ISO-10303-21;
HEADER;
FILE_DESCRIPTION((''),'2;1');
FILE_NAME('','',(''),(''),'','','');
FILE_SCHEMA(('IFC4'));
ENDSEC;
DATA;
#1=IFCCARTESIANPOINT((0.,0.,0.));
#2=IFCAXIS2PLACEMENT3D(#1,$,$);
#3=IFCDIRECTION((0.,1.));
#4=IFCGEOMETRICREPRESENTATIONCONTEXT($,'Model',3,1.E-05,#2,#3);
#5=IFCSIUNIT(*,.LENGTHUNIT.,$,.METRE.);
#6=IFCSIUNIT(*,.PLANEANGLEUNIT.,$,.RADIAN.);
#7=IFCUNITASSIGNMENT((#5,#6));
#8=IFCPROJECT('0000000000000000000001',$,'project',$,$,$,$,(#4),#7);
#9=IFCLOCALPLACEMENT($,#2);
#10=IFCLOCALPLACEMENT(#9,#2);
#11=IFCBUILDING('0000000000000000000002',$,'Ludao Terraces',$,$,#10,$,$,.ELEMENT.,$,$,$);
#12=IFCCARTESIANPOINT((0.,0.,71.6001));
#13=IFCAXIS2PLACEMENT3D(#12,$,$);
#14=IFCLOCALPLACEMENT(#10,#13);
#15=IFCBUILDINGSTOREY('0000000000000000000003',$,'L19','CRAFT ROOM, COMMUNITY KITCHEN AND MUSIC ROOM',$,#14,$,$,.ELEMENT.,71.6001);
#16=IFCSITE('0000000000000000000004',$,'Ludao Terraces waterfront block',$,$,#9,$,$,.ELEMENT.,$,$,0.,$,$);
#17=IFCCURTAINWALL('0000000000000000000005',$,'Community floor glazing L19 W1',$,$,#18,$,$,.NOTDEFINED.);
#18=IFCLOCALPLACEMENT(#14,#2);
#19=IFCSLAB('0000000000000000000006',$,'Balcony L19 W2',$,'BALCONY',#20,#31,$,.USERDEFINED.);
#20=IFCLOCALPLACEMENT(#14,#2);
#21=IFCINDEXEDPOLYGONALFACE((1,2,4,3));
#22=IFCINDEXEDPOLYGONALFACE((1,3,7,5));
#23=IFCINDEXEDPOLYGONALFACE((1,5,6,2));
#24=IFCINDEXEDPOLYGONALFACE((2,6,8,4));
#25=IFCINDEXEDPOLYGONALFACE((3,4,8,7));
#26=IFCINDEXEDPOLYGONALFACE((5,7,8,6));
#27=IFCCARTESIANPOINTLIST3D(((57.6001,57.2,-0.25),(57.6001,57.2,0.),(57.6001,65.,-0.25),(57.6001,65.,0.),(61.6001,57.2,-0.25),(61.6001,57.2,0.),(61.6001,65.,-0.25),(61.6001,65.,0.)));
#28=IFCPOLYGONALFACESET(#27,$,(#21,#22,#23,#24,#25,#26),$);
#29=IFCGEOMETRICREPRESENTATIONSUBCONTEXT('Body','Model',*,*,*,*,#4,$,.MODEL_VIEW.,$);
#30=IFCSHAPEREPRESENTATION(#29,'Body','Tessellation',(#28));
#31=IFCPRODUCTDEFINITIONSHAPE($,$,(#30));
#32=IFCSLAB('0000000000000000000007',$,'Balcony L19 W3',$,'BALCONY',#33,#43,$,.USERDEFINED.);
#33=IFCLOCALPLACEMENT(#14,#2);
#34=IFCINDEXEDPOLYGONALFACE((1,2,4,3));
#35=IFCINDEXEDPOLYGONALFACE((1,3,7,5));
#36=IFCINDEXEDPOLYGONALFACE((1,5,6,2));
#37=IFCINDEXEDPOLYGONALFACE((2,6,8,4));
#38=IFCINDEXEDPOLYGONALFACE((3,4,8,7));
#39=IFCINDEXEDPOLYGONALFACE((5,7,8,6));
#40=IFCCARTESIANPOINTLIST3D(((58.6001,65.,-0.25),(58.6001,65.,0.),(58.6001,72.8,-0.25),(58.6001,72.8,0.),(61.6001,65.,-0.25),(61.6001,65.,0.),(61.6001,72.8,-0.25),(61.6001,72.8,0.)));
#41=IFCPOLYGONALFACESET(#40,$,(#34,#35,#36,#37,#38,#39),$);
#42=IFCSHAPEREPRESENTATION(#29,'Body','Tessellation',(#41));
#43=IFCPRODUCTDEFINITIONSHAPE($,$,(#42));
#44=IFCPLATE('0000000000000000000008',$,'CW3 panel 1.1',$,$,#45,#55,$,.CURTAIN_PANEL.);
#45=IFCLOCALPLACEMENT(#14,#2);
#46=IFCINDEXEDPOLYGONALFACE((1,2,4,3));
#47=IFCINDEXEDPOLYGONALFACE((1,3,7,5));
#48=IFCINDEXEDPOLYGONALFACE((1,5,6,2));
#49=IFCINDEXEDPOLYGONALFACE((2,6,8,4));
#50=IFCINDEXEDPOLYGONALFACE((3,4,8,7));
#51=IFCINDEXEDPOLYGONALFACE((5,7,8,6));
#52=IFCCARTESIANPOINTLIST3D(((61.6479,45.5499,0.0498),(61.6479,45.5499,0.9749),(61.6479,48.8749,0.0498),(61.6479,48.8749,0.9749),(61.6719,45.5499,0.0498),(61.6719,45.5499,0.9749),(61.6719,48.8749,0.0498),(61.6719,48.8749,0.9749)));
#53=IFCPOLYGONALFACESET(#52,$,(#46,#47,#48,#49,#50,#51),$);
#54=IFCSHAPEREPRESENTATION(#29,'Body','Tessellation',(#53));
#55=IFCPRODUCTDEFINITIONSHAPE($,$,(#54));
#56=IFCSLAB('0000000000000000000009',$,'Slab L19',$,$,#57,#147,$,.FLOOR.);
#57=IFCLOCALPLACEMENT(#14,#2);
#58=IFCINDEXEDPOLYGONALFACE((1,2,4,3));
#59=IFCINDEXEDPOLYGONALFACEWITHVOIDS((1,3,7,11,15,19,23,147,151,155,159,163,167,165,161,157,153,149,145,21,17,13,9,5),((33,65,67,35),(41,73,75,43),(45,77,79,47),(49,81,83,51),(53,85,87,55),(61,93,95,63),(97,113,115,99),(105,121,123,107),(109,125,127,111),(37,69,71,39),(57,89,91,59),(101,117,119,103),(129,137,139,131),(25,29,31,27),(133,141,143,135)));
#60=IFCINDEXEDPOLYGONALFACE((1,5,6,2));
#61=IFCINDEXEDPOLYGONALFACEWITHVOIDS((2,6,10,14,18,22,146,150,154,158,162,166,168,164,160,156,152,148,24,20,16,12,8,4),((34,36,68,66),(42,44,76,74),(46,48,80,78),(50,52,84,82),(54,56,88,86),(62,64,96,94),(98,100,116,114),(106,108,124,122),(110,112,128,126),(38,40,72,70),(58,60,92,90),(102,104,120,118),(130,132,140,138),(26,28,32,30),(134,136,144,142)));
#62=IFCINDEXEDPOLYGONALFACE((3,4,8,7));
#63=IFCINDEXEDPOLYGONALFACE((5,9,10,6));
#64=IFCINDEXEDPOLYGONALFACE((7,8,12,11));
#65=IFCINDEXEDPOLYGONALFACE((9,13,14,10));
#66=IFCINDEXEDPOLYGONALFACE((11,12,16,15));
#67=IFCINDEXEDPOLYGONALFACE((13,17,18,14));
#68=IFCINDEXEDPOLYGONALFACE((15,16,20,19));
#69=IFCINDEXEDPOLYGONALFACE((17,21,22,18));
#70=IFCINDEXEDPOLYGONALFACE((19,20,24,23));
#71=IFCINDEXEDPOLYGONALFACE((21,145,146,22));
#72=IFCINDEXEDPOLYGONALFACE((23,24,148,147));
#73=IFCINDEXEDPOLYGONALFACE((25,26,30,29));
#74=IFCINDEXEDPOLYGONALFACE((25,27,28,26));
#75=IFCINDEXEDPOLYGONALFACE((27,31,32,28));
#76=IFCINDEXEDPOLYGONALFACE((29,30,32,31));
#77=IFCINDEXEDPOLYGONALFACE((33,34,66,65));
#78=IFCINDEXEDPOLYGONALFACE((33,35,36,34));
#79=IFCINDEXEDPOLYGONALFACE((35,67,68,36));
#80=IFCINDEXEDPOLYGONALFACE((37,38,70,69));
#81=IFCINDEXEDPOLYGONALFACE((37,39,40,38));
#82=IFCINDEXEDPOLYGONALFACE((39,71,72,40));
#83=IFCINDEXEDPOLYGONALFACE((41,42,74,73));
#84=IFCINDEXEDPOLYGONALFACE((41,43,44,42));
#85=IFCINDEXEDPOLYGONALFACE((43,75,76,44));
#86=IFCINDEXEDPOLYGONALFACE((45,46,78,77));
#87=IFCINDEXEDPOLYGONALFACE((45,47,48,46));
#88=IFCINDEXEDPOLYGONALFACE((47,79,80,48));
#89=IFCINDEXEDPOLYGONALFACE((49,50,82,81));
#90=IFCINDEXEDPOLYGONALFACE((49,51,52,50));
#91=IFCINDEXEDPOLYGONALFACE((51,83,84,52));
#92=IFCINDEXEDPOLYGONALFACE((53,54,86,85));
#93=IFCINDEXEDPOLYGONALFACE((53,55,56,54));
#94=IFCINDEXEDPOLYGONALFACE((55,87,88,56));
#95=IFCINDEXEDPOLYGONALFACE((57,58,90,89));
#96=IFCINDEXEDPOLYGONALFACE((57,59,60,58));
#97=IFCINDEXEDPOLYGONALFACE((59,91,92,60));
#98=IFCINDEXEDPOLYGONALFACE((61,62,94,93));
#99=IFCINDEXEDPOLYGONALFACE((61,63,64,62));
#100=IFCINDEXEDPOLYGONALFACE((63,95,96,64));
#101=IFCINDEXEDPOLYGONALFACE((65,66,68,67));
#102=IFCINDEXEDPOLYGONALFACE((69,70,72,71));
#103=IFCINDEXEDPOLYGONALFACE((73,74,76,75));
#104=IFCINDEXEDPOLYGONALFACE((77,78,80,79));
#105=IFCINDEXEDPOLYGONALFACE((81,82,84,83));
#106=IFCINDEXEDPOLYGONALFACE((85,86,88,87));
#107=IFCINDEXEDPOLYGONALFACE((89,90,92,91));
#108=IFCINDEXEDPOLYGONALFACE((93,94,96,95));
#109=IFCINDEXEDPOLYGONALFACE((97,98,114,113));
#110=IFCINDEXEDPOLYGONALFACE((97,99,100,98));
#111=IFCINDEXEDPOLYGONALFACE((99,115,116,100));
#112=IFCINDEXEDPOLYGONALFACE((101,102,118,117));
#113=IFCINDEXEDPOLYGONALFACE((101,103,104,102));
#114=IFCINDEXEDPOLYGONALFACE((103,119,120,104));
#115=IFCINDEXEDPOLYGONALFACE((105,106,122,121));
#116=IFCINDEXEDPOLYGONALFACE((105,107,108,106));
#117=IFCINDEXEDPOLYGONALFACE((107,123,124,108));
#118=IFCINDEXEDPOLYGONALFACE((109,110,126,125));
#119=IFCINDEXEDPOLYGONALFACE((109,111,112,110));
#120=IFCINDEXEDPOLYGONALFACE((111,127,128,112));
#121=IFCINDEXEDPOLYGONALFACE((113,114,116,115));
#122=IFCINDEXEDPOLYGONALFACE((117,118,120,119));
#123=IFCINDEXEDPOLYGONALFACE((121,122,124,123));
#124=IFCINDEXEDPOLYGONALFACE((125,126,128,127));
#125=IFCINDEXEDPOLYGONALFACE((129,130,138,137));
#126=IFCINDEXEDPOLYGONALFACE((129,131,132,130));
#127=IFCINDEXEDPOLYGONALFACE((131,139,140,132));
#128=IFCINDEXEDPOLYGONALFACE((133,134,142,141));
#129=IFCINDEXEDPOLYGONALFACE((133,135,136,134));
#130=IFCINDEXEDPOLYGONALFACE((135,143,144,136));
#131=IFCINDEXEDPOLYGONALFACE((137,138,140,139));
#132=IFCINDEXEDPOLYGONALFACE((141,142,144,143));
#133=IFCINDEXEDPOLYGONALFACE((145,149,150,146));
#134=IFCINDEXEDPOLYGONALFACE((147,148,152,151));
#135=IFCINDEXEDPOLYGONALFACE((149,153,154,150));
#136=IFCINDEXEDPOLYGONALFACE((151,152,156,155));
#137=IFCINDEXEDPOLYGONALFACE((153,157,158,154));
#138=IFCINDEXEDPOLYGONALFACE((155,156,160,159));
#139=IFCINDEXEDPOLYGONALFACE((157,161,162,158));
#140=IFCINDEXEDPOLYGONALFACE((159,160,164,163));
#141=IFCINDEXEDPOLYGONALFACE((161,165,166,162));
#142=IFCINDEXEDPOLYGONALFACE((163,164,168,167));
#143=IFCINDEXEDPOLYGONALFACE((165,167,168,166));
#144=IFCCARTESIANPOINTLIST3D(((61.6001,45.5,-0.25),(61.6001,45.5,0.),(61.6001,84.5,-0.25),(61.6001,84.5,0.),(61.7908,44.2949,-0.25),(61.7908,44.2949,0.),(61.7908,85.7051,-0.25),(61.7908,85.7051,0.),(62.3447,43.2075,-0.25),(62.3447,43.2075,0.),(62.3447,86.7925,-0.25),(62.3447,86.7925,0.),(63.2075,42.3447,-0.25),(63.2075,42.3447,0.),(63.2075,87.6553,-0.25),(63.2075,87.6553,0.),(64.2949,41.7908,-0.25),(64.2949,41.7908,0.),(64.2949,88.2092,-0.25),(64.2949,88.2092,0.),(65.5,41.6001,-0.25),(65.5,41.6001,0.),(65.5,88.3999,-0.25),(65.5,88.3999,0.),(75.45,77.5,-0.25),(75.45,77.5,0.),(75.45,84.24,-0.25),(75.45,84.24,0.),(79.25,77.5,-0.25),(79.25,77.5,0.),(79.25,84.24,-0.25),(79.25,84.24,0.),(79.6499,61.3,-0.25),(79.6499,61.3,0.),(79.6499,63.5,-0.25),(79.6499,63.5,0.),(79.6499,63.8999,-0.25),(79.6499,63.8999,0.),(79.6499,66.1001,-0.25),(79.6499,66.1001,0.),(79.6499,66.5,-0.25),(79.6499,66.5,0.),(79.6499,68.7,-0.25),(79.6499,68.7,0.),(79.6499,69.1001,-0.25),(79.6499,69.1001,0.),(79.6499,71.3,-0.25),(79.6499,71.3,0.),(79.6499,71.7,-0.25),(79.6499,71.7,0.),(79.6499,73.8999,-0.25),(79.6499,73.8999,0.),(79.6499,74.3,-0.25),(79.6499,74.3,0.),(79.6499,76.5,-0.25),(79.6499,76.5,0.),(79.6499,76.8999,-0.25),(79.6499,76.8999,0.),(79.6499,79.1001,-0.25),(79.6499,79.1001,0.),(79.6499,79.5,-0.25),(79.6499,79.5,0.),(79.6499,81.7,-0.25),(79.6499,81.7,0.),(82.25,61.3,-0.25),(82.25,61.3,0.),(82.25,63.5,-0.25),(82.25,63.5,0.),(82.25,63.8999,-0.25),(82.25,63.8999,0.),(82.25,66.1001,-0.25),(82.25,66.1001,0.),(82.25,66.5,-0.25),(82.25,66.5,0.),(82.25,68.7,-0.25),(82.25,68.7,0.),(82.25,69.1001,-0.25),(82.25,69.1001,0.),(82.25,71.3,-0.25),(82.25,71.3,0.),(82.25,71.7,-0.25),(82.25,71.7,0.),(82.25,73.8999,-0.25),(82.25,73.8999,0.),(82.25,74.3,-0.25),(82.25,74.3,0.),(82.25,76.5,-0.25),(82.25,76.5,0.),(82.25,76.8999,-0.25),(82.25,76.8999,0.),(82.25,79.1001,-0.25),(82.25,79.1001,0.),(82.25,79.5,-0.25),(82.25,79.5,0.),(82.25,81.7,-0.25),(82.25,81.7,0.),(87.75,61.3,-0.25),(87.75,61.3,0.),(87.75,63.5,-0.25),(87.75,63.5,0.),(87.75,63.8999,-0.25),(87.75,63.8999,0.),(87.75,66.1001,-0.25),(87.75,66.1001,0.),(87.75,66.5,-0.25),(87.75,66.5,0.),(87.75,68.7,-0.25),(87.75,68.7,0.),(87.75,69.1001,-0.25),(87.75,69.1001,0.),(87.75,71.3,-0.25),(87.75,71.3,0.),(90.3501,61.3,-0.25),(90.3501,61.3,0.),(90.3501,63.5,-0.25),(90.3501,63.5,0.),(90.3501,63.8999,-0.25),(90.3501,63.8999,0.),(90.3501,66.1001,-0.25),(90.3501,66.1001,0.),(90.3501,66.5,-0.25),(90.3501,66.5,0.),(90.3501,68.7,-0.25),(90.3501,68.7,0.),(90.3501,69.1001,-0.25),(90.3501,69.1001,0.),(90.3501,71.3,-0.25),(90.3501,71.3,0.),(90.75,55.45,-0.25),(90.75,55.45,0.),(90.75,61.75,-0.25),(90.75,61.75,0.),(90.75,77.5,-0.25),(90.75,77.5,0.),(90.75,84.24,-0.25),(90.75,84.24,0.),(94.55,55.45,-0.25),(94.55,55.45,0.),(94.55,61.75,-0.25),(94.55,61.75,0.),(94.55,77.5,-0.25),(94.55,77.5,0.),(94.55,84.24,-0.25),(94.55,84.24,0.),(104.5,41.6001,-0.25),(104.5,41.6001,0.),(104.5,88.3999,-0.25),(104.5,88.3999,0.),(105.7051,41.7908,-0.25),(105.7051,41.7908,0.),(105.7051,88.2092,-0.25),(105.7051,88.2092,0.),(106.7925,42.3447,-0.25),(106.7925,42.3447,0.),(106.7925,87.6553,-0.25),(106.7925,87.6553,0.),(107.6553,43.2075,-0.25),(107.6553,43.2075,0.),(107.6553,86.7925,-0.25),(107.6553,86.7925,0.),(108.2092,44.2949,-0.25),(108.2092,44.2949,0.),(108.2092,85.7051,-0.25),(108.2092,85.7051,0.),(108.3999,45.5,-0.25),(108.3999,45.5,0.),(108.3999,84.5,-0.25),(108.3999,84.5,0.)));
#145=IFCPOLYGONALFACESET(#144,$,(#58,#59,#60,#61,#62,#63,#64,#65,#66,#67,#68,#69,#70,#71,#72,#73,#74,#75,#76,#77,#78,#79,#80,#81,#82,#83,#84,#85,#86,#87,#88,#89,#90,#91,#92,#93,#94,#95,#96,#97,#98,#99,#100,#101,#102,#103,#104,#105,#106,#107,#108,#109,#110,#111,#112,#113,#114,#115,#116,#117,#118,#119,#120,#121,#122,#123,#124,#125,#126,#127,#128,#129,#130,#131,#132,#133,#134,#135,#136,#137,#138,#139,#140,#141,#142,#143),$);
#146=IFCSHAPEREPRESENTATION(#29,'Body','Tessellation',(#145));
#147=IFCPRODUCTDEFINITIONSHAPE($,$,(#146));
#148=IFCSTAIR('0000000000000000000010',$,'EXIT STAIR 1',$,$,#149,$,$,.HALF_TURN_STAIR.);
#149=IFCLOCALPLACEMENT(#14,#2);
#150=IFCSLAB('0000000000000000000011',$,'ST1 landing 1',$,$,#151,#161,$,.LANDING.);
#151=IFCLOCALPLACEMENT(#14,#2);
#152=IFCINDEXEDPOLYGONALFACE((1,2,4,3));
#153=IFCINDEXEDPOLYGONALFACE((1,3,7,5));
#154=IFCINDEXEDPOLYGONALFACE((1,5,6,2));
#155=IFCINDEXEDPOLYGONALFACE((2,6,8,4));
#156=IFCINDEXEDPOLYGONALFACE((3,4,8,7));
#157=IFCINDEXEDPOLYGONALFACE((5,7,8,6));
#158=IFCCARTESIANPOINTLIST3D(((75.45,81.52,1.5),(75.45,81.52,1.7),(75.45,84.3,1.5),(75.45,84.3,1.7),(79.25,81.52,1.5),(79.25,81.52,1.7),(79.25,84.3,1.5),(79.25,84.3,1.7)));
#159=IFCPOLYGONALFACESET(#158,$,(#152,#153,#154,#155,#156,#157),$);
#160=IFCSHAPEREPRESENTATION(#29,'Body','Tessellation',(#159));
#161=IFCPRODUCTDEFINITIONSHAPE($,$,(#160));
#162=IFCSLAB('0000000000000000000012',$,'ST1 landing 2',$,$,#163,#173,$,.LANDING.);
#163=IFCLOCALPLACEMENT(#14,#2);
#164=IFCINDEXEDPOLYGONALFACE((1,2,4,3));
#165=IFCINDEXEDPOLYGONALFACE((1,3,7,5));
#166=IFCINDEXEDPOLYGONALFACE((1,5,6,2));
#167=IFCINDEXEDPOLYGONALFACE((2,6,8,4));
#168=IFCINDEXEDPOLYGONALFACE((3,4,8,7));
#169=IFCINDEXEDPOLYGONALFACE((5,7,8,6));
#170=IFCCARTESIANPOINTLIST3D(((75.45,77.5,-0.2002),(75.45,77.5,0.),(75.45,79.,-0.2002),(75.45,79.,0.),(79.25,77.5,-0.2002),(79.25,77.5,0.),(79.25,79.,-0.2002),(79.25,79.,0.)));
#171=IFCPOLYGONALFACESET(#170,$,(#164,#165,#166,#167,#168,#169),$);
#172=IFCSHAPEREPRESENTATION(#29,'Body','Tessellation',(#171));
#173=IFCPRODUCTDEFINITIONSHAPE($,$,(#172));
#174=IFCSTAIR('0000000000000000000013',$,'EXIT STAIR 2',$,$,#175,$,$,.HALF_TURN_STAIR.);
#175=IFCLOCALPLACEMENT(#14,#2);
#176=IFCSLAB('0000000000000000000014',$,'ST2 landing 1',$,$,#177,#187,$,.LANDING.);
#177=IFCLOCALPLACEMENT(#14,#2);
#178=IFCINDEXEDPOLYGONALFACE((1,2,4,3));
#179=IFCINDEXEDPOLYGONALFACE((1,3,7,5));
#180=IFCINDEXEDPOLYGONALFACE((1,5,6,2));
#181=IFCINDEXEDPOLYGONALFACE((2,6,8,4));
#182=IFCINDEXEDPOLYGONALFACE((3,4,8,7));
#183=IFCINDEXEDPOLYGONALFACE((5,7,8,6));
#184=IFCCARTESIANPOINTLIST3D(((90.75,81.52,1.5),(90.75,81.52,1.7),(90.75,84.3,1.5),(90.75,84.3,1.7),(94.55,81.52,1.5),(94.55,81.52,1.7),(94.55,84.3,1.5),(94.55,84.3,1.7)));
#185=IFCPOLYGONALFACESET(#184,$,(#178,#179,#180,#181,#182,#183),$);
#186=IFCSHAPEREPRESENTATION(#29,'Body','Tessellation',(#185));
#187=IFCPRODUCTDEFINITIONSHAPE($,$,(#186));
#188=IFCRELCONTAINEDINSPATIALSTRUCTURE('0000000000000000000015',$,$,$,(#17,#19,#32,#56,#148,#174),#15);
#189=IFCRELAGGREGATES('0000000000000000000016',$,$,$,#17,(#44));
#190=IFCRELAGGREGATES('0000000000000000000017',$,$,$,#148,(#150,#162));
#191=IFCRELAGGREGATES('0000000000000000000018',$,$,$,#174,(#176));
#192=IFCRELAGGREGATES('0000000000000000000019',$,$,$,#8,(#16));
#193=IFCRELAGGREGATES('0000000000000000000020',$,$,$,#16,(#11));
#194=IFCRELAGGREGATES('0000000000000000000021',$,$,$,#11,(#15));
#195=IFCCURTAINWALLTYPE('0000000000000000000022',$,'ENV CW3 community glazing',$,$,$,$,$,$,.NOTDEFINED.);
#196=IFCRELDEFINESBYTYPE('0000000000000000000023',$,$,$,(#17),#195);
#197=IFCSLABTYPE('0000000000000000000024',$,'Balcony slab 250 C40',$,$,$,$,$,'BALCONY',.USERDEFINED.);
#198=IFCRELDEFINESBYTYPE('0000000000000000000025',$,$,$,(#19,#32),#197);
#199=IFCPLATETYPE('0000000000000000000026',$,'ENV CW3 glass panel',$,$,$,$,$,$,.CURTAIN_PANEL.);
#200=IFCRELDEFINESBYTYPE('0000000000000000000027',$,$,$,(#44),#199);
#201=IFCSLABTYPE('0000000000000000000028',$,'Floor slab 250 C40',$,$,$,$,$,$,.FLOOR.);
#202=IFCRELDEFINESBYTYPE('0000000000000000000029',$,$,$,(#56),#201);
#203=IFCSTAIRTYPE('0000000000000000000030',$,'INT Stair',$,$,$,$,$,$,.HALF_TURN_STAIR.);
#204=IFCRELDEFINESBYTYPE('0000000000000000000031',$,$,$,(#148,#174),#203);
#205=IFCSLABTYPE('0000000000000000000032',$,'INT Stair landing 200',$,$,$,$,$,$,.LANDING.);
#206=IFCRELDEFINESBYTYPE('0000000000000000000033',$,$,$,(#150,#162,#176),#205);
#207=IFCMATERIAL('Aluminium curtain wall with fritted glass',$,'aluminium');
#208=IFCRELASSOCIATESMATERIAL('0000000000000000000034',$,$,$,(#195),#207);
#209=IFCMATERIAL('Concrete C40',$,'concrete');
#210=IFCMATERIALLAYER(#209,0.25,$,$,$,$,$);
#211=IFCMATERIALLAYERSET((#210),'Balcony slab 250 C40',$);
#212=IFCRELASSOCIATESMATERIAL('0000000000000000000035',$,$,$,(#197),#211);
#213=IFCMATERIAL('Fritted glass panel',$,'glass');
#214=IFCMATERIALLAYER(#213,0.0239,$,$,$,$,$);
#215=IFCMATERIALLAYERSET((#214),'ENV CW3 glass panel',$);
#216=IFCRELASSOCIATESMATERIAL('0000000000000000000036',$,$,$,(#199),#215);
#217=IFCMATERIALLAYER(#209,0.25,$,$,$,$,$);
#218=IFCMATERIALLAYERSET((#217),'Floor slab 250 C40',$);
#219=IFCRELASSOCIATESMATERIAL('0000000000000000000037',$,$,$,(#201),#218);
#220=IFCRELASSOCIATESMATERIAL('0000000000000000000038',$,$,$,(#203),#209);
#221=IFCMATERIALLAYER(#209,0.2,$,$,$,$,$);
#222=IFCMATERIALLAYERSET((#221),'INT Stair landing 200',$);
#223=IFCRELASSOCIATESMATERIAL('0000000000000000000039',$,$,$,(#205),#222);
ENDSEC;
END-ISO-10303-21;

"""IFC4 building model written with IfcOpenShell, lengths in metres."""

from ifc_helpers import new_model, si_unit, direction, frame, origin, origin_2d, place, context, subcontext, project, spatial, polyline, rectangle, outline, extrude, material, layer, layer_set, type_object, element, aggregate, save


model = new_model("IFC4")

# Units and contexts
model_context = context("Model", 3, precision=1e-05, world=origin(), true_north=direction((0.0, 1.0)))
body_context = subcontext(model_context, "Body", "Model", "MODEL_VIEW")
ifc_project = project(units=[si_unit("LENGTHUNIT", "METRE"), si_unit("PLANEANGLEUNIT", "RADIAN")], contexts=[model_context])

# Site, building, storey
site_placement = place(None, origin())
site = spatial("IfcSite", under=ifc_project, at=site_placement, Name="Ludao Terraces waterfront block", CompositionType="ELEMENT", RefElevation=0.0)
building_placement = place(site_placement, origin())
building = spatial("IfcBuilding", under=site, at=building_placement, Name="Ludao Terraces", CompositionType="ELEMENT")
storey_placement = place(building_placement, frame((0.0, 0.0, 71.6001)))
storey = spatial("IfcBuildingStorey", under=building, at=storey_placement, Name="L19", Description="CRAFT ROOM, COMMUNITY KITCHEN AND MUSIC ROOM", CompositionType="ELEMENT", Elevation=71.6001)

# Curtain wall
ifc_material_1 = material(Name="Aluminium curtain wall with fritted glass", Category="aluminium")
curtain_wall_type = type_object("IfcCurtainWallType", Name="ENV CW3 community glazing", PredefinedType="NOTDEFINED", material=ifc_material_1)
curtain_wall_placement = place(storey_placement, origin())
curtain_wall = element("IfcCurtainWall", 1, at=curtain_wall_placement, inside=storey, type_object=curtain_wall_type, Name="Community floor glazing L19 W1", PredefinedType="NOTDEFINED")

# Slabs
ifc_material_2 = material(Name="Concrete C40", Category="concrete")
ifc_layer_1 = layer(ifc_material_2, 0.25)
ifc_layer_set_1 = layer_set([ifc_layer_1], Name="Balcony slab 250 C40")
slab_type_1 = type_object("IfcSlabType", Name="Balcony slab 250 C40", ElementType="BALCONY", PredefinedType="USERDEFINED", material=ifc_layer_set_1)
slab_1_placement = place(storey_placement, frame((0.0, 0.0, -0.25)))
element("IfcSlab", 2, at=slab_1_placement, inside=storey, type_object=slab_type_1, Name="Balcony L19 W2", ObjectType="BALCONY", PredefinedType="USERDEFINED", context=body_context, shape_type="SweptSolid", body=[
    extrude(outline(polyline([(57.6001, 57.2), (61.6001, 57.2), (61.6001, 65.0), (57.6001, 65.0), (57.6001, 57.2)])), origin(), (0.0, 0.0, 1.0), 0.25),
])
slab_2_placement = place(storey_placement, frame((0.0, 0.0, -0.25)))
element("IfcSlab", 3, at=slab_2_placement, inside=storey, type_object=slab_type_1, Name="Balcony L19 W3", ObjectType="BALCONY", PredefinedType="USERDEFINED", context=body_context, shape_type="SweptSolid", body=[
    extrude(outline(polyline([(58.6001, 65.0), (61.6001, 65.0), (61.6001, 72.8), (58.6001, 72.8), (58.6001, 65.0)])), origin(), (0.0, 0.0, 1.0), 0.25),
])

# Plate
ifc_material_3 = material(Name="Fritted glass panel", Category="glass")
ifc_layer_2 = layer(ifc_material_3, 0.0239)
ifc_layer_set_2 = layer_set([ifc_layer_2], Name="ENV CW3 glass panel")
plate_type = type_object("IfcPlateType", Name="ENV CW3 glass panel", PredefinedType="CURTAIN_PANEL", material=ifc_layer_set_2)
plate_placement = place(storey_placement, frame((61.6599, 47.2124, 0.0498), z_axis=(0.0, 0.0, 1.0), x_axis=(0.0, 1.0, 0.0)))
plate = element("IfcPlate", 4, at=plate_placement, type_object=plate_type, Name="CW3 panel 1.1", PredefinedType="CURTAIN_PANEL", context=body_context, shape_type="SweptSolid", body=[
    extrude(rectangle(XDim=3.325, YDim=0.0239, at=origin_2d()), origin(), (0.0, 0.0, 1.0), 0.925),
])
aggregate(curtain_wall, [plate])

# Slab
ifc_layer_3 = layer(ifc_material_2, 0.25)
ifc_layer_set_3 = layer_set([ifc_layer_3], Name="Floor slab 250 C40")
slab_type_2 = type_object("IfcSlabType", Name="Floor slab 250 C40", PredefinedType="FLOOR", material=ifc_layer_set_3)
slab_3_placement = place(storey_placement, frame((0.0, 0.0, -0.25)))
element("IfcSlab", 5, at=slab_3_placement, inside=storey, type_object=slab_type_2, Name="Slab L19", PredefinedType="FLOOR", context=body_context, shape_type="SweptSolid", body=[
    extrude(outline(polyline([(104.5, 41.6001), (105.7051, 41.7908), (106.7925, 42.3447), (107.6553, 43.2075), (108.2092, 44.2949), (108.3999, 45.5), (108.3999, 84.5), (108.2092, 85.7051), (107.6553, 86.7925), (106.7925, 87.6553), (105.7051, 88.2092), (104.5, 88.3999), (65.5, 88.3999), (64.2949, 88.2092), (63.2075, 87.6553), (62.3447, 86.7925), (61.7908, 85.7051), (61.6001, 84.5), (61.6001, 45.5), (61.7908, 44.2949), (62.3447, 43.2075), (63.2075, 42.3447), (64.2949, 41.7908), (65.5, 41.6001), (104.5, 41.6001)]), holes=[polyline([(79.6499, 61.3), (82.25, 61.3), (82.25, 63.5), (79.6499, 63.5), (79.6499, 61.3)]), polyline([(79.6499, 63.8999), (82.25, 63.8999), (82.25, 66.1001), (79.6499, 66.1001), (79.6499, 63.8999)]), polyline([(79.6499, 66.5), (82.25, 66.5), (82.25, 68.7), (79.6499, 68.7), (79.6499, 66.5)]), polyline([(79.6499, 69.1001), (82.25, 69.1001), (82.25, 71.3), (79.6499, 71.3), (79.6499, 69.1001)]), polyline([(79.6499, 71.7), (82.25, 71.7), (82.25, 73.8999), (79.6499, 73.8999), (79.6499, 71.7)]), polyline([(79.6499, 74.3), (82.25, 74.3), (82.25, 76.5), (79.6499, 76.5), (79.6499, 74.3)]), polyline([(79.6499, 76.8999), (82.25, 76.8999), (82.25, 79.1001), (79.6499, 79.1001), (79.6499, 76.8999)]), polyline([(79.6499, 79.5), (82.25, 79.5), (82.25, 81.7), (79.6499, 81.7), (79.6499, 79.5)]), polyline([(87.75, 61.3), (90.3501, 61.3), (90.3501, 63.5), (87.75, 63.5), (87.75, 61.3)]), polyline([(87.75, 63.8999), (90.3501, 63.8999), (90.3501, 66.1001), (87.75, 66.1001), (87.75, 63.8999)]), polyline([(87.75, 66.5), (90.3501, 66.5), (90.3501, 68.7), (87.75, 68.7), (87.75, 66.5)]), polyline([(87.75, 69.1001), (90.3501, 69.1001), (90.3501, 71.3), (87.75, 71.3), (87.75, 69.1001)]), polyline([(75.45, 77.5), (79.25, 77.5), (79.25, 84.24), (75.45, 84.24), (75.45, 77.5)]), polyline([(90.75, 77.5), (94.55, 77.5), (94.55, 84.24), (90.75, 84.24), (90.75, 77.5)]), polyline([(90.75, 55.45), (94.55, 55.45), (94.55, 61.75), (90.75, 61.75), (90.75, 55.45)])]), origin(), (0.0, 0.0, 1.0), 0.25),
])

# Stairs, slabs
stair_type = type_object("IfcStairType", Name="INT Stair", PredefinedType="HALF_TURN_STAIR", material=ifc_material_2)
stair_1_placement = place(storey_placement, origin())
stair_1 = element("IfcStair", 6, at=stair_1_placement, inside=storey, type_object=stair_type, Name="EXIT STAIR 1", PredefinedType="HALF_TURN_STAIR")
ifc_layer_4 = layer(ifc_material_2, 0.2)
ifc_layer_set_4 = layer_set([ifc_layer_4], Name="INT Stair landing 200")
slab_type_3 = type_object("IfcSlabType", Name="INT Stair landing 200", PredefinedType="LANDING", material=ifc_layer_set_4)
slab_4_placement = place(storey_placement, frame((0.0, 0.0, 1.5)))
slab_4 = element("IfcSlab", 7, at=slab_4_placement, type_object=slab_type_3, Name="ST1 landing 1", PredefinedType="LANDING", context=body_context, shape_type="SweptSolid", body=[
    extrude(outline(polyline([(75.45, 81.52), (79.25, 81.52), (79.25, 84.3), (75.45, 84.3), (75.45, 81.52)])), origin(), (0.0, 0.0, 1.0), 0.2),
])
slab_5_placement = place(storey_placement, frame((0.0, 0.0, -0.2002)))
slab_5 = element("IfcSlab", 8, at=slab_5_placement, type_object=slab_type_3, Name="ST1 landing 2", PredefinedType="LANDING", context=body_context, shape_type="SweptSolid", body=[
    extrude(outline(polyline([(75.45, 77.5), (79.25, 77.5), (79.25, 79.0), (75.45, 79.0), (75.45, 77.5)])), origin(), (0.0, 0.0, 1.0), 0.2002),
])
aggregate(stair_1, [slab_4, slab_5])
stair_2_placement = place(storey_placement, origin())
stair_2 = element("IfcStair", 9, at=stair_2_placement, inside=storey, type_object=stair_type, Name="EXIT STAIR 2", PredefinedType="HALF_TURN_STAIR")
slab_6_placement = place(storey_placement, frame((0.0, 0.0, 1.5)))
slab_6 = element("IfcSlab", 10, at=slab_6_placement, type_object=slab_type_3, Name="ST2 landing 1", PredefinedType="LANDING", context=body_context, shape_type="SweptSolid", body=[
    extrude(outline(polyline([(90.75, 81.52), (94.55, 81.52), (94.55, 84.3), (90.75, 84.3), (90.75, 81.52)])), origin(), (0.0, 0.0, 1.0), 0.2),
])
aggregate(stair_2, [slab_6])

save(model, "model.ifc")
